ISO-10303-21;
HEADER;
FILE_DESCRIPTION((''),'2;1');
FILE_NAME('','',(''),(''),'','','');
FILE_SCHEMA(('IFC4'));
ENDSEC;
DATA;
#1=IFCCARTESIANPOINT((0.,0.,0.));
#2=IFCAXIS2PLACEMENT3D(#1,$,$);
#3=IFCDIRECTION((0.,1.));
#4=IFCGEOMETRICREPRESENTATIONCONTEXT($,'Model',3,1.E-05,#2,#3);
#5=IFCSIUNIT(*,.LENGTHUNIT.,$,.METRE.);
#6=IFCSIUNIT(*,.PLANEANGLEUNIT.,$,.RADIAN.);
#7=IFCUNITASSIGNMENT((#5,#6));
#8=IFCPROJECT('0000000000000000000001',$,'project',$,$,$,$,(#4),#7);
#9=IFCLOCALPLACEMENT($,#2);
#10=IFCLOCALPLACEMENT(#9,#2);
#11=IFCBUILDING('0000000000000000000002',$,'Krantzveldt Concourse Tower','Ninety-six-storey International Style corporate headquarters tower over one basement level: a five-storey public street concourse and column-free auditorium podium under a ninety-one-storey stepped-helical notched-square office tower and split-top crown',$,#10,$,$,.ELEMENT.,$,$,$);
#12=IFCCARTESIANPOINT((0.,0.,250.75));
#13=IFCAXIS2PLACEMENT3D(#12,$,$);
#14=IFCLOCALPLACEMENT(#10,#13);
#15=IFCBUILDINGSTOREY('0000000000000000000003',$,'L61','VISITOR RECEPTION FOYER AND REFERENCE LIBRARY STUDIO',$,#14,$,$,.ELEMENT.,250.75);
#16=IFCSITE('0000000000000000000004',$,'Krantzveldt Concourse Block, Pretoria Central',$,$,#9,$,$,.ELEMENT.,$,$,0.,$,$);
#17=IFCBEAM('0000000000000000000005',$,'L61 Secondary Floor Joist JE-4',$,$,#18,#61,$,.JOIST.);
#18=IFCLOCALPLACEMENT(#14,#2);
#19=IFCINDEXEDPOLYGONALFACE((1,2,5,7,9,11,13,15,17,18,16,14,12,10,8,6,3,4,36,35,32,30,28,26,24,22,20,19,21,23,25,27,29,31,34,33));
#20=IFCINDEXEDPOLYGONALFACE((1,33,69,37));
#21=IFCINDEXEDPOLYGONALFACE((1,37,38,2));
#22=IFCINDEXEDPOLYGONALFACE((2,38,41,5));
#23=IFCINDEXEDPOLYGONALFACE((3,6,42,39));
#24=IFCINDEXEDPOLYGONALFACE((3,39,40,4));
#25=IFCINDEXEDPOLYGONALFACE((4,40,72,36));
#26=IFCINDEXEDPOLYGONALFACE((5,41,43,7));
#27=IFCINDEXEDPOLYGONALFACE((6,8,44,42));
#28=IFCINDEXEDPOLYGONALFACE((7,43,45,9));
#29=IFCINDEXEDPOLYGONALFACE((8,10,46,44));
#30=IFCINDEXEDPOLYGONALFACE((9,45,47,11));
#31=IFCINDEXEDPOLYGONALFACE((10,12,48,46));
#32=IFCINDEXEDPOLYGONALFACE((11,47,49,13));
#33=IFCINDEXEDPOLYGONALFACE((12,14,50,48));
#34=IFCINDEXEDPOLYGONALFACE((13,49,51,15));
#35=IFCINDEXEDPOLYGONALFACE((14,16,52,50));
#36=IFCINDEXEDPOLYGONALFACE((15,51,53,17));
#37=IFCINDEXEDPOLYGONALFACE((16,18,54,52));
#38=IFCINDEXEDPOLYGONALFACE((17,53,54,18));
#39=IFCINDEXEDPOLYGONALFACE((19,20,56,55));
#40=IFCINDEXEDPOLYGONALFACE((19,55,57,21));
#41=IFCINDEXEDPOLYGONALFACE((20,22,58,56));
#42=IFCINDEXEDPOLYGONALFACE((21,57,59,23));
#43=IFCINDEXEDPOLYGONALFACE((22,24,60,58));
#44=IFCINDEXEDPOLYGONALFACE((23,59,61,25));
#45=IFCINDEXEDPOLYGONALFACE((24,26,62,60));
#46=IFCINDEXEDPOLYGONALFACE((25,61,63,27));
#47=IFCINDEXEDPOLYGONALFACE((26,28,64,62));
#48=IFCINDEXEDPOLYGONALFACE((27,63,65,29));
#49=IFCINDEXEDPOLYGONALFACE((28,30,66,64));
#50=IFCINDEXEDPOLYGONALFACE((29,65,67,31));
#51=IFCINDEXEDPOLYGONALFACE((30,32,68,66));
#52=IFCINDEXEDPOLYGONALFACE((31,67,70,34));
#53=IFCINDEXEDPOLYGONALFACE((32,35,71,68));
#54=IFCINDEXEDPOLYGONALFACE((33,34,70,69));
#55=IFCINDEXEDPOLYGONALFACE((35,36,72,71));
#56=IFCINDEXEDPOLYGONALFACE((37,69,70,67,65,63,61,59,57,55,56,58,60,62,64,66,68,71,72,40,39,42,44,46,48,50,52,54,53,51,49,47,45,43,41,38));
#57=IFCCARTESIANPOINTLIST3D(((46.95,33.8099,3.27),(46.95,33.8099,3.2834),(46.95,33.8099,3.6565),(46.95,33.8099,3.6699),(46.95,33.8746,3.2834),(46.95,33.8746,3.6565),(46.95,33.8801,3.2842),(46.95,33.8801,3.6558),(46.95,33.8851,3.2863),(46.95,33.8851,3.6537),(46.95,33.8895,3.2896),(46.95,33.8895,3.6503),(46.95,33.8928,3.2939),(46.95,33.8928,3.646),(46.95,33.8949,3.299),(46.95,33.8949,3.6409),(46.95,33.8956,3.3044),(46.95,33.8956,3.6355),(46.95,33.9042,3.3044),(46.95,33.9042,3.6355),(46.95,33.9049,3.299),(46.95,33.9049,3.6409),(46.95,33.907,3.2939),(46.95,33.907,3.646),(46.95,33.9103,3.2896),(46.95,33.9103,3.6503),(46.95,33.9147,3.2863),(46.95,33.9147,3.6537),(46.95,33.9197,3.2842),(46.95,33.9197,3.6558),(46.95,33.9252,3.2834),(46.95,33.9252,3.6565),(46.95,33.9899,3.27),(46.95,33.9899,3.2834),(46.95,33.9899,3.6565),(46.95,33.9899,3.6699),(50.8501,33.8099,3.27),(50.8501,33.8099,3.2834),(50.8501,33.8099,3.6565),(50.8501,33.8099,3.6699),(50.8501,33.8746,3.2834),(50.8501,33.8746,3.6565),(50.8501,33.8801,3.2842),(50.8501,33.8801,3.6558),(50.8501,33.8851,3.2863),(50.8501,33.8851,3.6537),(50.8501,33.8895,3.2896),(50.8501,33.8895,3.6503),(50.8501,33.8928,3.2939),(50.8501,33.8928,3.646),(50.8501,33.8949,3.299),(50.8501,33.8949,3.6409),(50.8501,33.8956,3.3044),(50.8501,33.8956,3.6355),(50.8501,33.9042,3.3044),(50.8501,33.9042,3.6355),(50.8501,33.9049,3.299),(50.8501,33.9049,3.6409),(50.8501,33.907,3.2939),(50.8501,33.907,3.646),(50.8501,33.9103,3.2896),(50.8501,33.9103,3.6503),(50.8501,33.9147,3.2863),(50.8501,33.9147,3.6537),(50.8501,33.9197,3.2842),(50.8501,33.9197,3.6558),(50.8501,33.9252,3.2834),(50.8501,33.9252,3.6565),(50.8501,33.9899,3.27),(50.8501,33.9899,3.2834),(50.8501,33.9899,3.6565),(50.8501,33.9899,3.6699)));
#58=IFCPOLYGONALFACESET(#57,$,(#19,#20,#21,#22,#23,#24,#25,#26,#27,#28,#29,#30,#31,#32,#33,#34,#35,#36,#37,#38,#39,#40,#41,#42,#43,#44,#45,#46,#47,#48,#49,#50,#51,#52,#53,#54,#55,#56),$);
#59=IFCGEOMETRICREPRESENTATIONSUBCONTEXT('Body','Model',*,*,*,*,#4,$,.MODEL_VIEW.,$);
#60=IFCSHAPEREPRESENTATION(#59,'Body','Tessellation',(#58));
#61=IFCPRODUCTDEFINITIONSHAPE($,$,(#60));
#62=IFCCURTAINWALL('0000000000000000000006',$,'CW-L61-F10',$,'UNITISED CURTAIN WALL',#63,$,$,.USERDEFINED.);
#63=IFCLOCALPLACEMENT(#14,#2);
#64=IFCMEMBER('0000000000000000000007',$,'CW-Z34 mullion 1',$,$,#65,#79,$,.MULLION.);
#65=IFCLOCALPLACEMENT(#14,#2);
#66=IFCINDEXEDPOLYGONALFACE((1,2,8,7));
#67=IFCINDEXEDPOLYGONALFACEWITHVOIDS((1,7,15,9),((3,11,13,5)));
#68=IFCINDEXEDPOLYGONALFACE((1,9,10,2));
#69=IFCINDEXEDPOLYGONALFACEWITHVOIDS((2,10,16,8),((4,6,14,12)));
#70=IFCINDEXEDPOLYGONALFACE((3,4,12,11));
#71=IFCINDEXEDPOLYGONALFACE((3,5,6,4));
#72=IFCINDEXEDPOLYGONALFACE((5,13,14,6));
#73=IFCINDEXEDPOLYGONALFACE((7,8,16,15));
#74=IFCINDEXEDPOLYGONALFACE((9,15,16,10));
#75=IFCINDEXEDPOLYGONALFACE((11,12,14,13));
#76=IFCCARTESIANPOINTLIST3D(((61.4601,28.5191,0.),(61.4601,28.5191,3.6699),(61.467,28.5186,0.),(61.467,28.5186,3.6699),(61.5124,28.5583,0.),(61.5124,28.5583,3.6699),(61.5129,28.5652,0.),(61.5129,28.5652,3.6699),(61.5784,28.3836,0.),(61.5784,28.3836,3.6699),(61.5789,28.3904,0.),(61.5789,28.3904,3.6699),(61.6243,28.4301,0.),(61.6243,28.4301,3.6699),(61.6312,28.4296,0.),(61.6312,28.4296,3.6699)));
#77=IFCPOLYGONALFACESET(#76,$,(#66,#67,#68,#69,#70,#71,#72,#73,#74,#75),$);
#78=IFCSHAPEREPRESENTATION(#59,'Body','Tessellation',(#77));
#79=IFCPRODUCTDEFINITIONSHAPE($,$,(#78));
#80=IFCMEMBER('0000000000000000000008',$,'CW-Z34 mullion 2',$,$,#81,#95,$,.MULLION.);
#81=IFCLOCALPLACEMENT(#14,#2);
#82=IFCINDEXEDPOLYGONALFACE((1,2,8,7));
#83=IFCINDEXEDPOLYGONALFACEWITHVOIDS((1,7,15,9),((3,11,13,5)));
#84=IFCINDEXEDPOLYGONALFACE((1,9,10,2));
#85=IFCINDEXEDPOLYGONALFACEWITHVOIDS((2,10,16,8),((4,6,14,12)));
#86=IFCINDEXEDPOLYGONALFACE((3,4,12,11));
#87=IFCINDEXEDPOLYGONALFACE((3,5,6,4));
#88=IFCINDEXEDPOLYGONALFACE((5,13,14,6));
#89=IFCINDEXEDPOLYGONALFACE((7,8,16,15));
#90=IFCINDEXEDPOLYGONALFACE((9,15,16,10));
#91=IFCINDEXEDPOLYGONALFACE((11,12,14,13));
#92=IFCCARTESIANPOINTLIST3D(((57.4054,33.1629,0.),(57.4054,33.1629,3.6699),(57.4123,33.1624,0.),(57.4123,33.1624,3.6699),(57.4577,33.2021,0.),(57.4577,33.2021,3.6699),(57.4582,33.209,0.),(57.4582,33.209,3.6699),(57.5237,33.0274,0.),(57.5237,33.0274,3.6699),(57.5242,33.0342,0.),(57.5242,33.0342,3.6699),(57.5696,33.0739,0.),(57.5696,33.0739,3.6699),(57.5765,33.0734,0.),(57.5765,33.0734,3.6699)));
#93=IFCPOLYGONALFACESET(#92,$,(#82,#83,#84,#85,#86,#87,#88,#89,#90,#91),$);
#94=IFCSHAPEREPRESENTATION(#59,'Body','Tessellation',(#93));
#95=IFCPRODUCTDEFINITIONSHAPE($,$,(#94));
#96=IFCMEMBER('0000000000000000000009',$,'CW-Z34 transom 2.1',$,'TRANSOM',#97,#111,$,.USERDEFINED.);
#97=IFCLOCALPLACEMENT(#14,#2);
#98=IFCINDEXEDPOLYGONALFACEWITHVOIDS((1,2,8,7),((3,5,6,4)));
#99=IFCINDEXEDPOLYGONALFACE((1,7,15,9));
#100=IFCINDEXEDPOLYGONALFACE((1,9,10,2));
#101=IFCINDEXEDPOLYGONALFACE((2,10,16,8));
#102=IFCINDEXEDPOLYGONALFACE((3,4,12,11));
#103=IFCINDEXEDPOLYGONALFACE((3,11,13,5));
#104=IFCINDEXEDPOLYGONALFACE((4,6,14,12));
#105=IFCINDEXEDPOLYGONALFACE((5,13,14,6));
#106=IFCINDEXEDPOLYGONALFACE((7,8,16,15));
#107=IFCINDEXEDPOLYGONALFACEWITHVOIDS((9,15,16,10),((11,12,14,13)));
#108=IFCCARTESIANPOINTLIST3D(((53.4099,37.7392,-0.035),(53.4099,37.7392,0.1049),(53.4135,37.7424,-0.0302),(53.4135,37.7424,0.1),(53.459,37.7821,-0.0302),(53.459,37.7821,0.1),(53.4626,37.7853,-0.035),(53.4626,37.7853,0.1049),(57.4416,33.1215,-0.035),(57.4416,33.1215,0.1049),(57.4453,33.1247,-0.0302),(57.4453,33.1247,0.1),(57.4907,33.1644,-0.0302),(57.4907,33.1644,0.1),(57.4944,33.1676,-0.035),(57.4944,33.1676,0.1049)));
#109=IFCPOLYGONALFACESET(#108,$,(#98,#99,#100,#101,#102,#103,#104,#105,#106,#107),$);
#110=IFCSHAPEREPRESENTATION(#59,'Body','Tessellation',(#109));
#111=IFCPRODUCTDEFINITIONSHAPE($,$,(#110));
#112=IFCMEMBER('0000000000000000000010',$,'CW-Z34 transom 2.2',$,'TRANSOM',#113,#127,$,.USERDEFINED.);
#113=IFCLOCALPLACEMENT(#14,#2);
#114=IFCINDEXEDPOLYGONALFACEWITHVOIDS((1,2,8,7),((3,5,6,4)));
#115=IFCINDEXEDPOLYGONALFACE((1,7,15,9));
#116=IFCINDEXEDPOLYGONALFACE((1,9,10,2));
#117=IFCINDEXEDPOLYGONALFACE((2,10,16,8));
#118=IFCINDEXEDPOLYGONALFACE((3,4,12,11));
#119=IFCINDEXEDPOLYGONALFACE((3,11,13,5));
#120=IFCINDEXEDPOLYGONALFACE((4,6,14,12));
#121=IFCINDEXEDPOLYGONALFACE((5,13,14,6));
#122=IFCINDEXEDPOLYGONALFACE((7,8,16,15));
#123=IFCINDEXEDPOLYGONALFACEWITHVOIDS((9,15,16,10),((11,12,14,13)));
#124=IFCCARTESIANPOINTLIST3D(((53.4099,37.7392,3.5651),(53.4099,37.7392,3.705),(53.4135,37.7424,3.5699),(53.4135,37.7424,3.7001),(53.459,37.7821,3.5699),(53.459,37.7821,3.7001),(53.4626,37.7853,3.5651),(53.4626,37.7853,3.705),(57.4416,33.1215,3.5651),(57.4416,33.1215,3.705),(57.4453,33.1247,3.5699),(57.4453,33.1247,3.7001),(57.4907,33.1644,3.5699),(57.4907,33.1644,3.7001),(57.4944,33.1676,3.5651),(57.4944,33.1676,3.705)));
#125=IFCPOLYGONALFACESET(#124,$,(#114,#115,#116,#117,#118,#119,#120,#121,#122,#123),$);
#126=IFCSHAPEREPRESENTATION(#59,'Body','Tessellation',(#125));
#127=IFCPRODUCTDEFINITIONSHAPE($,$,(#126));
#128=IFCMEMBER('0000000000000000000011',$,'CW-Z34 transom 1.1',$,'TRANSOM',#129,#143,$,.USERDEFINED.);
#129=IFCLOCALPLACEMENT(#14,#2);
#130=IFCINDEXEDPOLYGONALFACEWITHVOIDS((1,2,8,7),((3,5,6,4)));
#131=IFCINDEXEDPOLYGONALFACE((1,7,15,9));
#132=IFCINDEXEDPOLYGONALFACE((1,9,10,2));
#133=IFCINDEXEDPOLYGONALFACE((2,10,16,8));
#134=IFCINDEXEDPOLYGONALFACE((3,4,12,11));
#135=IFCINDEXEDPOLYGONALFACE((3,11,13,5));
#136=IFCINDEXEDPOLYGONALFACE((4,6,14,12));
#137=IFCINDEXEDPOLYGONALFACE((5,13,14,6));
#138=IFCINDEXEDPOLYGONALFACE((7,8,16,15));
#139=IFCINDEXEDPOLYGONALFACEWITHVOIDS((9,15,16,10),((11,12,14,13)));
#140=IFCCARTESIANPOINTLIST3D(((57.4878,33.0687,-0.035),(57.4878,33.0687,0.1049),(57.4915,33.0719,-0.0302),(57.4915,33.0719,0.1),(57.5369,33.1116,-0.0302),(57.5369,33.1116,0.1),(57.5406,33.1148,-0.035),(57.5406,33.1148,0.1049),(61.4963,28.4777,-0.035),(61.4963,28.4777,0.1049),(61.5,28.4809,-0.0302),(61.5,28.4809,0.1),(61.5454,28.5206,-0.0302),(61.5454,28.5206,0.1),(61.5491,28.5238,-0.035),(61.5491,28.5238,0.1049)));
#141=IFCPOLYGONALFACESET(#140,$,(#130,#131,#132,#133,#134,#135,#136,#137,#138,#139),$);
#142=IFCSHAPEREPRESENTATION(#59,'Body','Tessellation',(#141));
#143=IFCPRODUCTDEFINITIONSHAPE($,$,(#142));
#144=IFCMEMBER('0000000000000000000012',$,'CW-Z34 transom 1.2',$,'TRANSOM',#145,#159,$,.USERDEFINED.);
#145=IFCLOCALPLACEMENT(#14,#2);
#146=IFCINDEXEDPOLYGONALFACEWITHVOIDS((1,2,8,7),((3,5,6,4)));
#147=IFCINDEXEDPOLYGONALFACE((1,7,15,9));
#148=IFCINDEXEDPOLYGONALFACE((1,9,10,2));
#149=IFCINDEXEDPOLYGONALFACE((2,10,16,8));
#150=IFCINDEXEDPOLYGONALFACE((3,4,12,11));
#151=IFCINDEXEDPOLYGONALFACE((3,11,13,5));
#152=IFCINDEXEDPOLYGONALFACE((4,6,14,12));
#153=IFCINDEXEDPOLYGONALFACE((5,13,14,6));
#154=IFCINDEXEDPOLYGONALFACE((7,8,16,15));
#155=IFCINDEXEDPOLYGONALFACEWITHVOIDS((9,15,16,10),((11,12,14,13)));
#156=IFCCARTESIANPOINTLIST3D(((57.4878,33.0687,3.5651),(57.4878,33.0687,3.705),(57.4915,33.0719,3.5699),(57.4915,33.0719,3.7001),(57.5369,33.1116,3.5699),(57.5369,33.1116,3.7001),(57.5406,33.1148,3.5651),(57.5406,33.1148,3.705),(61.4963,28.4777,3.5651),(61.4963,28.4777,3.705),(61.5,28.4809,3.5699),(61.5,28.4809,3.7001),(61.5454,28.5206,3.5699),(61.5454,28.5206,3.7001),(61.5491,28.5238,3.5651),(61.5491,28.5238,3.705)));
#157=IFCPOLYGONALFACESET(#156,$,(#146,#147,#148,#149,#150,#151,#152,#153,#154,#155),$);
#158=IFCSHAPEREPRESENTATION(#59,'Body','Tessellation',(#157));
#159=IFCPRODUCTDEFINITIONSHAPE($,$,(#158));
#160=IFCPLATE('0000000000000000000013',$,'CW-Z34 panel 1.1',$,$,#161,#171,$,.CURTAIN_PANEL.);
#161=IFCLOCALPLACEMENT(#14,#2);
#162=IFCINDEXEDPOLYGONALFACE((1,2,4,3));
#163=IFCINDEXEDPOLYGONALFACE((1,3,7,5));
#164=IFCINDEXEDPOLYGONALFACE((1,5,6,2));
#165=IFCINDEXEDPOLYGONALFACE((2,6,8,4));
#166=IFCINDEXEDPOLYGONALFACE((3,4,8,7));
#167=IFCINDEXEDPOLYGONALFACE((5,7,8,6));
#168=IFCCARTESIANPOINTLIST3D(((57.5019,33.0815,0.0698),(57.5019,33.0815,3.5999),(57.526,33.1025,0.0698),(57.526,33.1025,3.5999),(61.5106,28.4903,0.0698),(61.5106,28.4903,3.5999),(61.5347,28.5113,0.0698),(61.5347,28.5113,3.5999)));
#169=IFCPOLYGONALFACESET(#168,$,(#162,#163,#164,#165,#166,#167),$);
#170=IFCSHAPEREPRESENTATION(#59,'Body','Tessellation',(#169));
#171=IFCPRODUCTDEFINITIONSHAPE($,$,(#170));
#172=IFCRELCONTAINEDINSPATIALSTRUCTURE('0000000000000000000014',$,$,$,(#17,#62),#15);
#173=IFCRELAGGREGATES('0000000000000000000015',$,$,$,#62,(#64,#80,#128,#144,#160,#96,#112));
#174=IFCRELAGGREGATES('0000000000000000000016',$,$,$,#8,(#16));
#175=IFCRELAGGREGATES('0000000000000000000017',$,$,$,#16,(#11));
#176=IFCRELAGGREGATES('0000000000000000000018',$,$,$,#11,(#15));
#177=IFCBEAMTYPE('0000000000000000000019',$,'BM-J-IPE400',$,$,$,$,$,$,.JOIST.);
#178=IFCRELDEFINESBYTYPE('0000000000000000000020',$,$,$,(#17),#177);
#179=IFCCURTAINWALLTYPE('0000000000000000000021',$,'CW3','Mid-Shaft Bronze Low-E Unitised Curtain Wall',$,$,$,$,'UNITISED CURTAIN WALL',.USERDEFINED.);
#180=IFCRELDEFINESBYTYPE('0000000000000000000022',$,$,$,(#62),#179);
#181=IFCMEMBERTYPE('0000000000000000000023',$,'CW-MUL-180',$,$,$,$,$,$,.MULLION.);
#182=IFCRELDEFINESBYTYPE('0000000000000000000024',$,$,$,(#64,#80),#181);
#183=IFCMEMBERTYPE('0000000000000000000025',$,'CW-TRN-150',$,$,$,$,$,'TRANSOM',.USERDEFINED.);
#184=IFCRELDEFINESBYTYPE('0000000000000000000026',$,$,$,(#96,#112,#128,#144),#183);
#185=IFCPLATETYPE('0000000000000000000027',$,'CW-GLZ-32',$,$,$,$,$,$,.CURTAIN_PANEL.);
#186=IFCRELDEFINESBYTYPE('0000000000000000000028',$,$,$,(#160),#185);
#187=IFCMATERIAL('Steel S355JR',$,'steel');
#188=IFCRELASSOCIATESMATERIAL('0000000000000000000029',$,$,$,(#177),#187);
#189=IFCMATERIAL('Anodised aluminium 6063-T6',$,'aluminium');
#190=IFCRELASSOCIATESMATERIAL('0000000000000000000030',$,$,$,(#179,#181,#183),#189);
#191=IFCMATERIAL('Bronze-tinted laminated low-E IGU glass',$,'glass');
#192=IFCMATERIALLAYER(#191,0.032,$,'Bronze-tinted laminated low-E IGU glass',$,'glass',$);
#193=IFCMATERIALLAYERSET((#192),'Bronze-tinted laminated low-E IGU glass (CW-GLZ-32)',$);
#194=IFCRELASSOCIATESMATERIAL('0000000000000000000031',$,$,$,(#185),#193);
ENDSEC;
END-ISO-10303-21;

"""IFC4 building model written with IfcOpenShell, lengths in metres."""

from ifc_helpers import new_model, si_unit, direction, frame, origin, origin_2d, place, context, subcontext, project, spatial, rectangle, hollow_rectangle, i_section, extrude, source, transform, mapped, material, layer, layer_set, material_profile, profile_set, type_object, type_shapes, element, aggregate, save


model = new_model("IFC4")

# Units and contexts
model_context = context("Model", 3, precision=1e-05, world=origin(), true_north=direction((0.0, 1.0)))
body_context = subcontext(model_context, "Body", "Model", "MODEL_VIEW")
ifc_project = project(units=[si_unit("LENGTHUNIT", "METRE"), si_unit("PLANEANGLEUNIT", "RADIAN")], contexts=[model_context])

# Site, building, storey
site_placement = place(None, origin())
site = spatial("IfcSite", under=ifc_project, at=site_placement, Name="Krantzveldt Concourse Block, Pretoria Central", CompositionType="ELEMENT", RefElevation=0.0)
building_placement = place(site_placement, origin())
building = spatial("IfcBuilding", under=site, at=building_placement, Name="Krantzveldt Concourse Tower", Description="Ninety-six-storey International Style corporate headquarters tower over one basement level: a five-storey public street concourse and column-free auditorium podium under a ninety-one-storey stepped-helical notched-square office tower and split-top crown", CompositionType="ELEMENT")
storey_placement = place(building_placement, frame((0.0, 0.0, 250.75)))
storey = spatial("IfcBuildingStorey", under=building, at=storey_placement, Name="L61", Description="VISITOR RECEPTION FOYER AND REFERENCE LIBRARY STUDIO", CompositionType="ELEMENT", Elevation=250.75)

# Beam
ifc_material_1 = material(Name="Steel S355JR", Category="steel")
ifc_material_profile_1 = material_profile(ifc_material_1, i_section(OverallWidth=0.1799, OverallDepth=0.3999, WebThickness=0.0085, FlangeThickness=0.0134, FilletRadius=0.021, at=origin_2d()), Name="Steel S355JR", Category="steel")
ifc_profile_set_1 = profile_set([ifc_material_profile_1], Name="Steel S355JR - IPE 400")
beam_type_1 = type_object("IfcBeamType", Name="BM-J-IPE400", PredefinedType="JOIST", material=ifc_profile_set_1)
shared_shape_1 = source(origin(), body_context, "Body", "SweptSolid", [
    extrude(i_section(OverallWidth=0.1799, OverallDepth=0.3999, WebThickness=0.0085, FlangeThickness=0.0134, FilletRadius=0.021, at=origin_2d()), origin(), (0.0, 0.0, 1.0), 3.9001),
])
type_shapes(beam_type_1, [shared_shape_1])
for number, where, z_axis, x_axis, name in (
    (1, (46.95, 33.8999, 3.47), (1.0, 0.0, 0.0), (0.0, 1.0, 0.0), "L61 Secondary Floor Joist JE-4"),
):
    element("IfcBeam", number, at=place(storey_placement, frame(where, z_axis=z_axis, x_axis=x_axis)), inside=storey, type_object=beam_type_1, Name=name, PredefinedType="JOIST", context=body_context, shape_type="MappedRepresentation", body=[
        mapped(shared_shape_1, transform((0.0, 0.0, 0.0), x_axis=(1.0, 0.0, 0.0), y_axis=(0.0, 1.0, 0.0), z_axis=(0.0, 0.0, 1.0), scale=1.0)),
    ])

# Curtain wall, members, plate
ifc_material_2 = material(Name="Anodised aluminium 6063-T6", Category="aluminium")
curtain_wall_type = type_object("IfcCurtainWallType", Name="CW3", Description="Mid-Shaft Bronze Low-E Unitised Curtain Wall", ElementType="UNITISED CURTAIN WALL", PredefinedType="USERDEFINED", material=ifc_material_2)
curtain_wall_placement = place(storey_placement, origin())
curtain_wall = element("IfcCurtainWall", 2, at=curtain_wall_placement, inside=storey, type_object=curtain_wall_type, Name="CW-L61-F10", ObjectType="UNITISED CURTAIN WALL", PredefinedType="USERDEFINED")
ifc_material_profile_2 = material_profile(ifc_material_2, hollow_rectangle(XDim=0.0701, YDim=0.1799, WallThickness=0.0049, at=origin_2d()), Name="Anodised aluminium 6063-T6", Category="aluminium")
ifc_profile_set_2 = profile_set([ifc_material_profile_2], Name="Anodised aluminium 6063-T6 - ALU-MULL 180x70x5")
member_type_1 = type_object("IfcMemberType", Name="CW-MUL-180", PredefinedType="MULLION", material=ifc_profile_set_2)
shared_shape_2 = source(origin(), body_context, "Body", "SweptSolid", [
    extrude(hollow_rectangle(XDim=0.0701, YDim=0.1799, WallThickness=0.0049, at=origin_2d()), origin(), (0.0, 0.0, 1.0), 3.6699),
])
type_shapes(member_type_1, [shared_shape_2])
member_1_placement = place(storey_placement, frame((61.5457, 28.4744, 0.0), z_axis=(0.0, 0.0, 1.0), x_axis=(-0.753277, -0.657704, 0.0)))
member_1 = element("IfcMember", 3, at=member_1_placement, type_object=member_type_1, Name="CW-Z34 mullion 1", PredefinedType="MULLION", context=body_context, shape_type="MappedRepresentation", body=[
    mapped(shared_shape_2, transform((0.0, 0.0, 0.0), x_axis=(1.0, 0.0, 0.0), y_axis=(0.0, 1.0, 0.0), z_axis=(0.0, 0.0, 1.0), scale=1.0)),
])
member_2_placement = place(storey_placement, frame((57.491, 33.1182, 0.0), z_axis=(0.0, 0.0, 1.0), x_axis=(-0.753277, -0.657704, 0.0)))
member_2 = element("IfcMember", 4, at=member_2_placement, type_object=member_type_1, Name="CW-Z34 mullion 2", PredefinedType="MULLION", context=body_context, shape_type="MappedRepresentation", body=[
    mapped(shared_shape_2, transform((0.0, 0.0, 0.0), x_axis=(1.0, 0.0, 0.0), y_axis=(0.0, 1.0, 0.0), z_axis=(0.0, 0.0, 1.0), scale=1.0)),
])
ifc_material_profile_3 = material_profile(ifc_material_2, hollow_rectangle(XDim=0.0701, YDim=0.1399, WallThickness=0.0049, at=origin_2d()), Name="Anodised aluminium 6063-T6", Category="aluminium")
ifc_profile_set_3 = profile_set([ifc_material_profile_3], Name="Anodised aluminium 6063-T6 - ALU-TRAN 140x70x5")
member_type_2 = type_object("IfcMemberType", Name="CW-TRN-150", ElementType="TRANSOM", PredefinedType="USERDEFINED", material=ifc_profile_set_3)
shared_shape_3 = source(origin(), body_context, "Body", "SweptSolid", [
    extrude(hollow_rectangle(XDim=0.0701, YDim=0.1399, WallThickness=0.0049, at=origin_2d()), origin(), (0.0, 0.0, 1.0), 6.1301),
])
member_3_placement = place(storey_placement, frame((57.468, 33.1445, 0.0349), z_axis=(-0.657698, 0.753282, 0.0), x_axis=(-0.753282, -0.657698, 0.0)))
member_3 = element("IfcMember", 5, at=member_3_placement, type_object=member_type_2, Name="CW-Z34 transom 2.1", ObjectType="TRANSOM", PredefinedType="USERDEFINED", context=body_context, shape_type="MappedRepresentation", body=[
    mapped(shared_shape_3, transform((0.0, 0.0, 0.0), x_axis=(1.0, 0.0, 0.0), y_axis=(0.0, 1.0, 0.0), z_axis=(0.0, 0.0, 1.0), scale=1.0)),
])
member_4_placement = place(storey_placement, frame((57.468, 33.1445, 3.635), z_axis=(-0.657698, 0.753282, 0.0), x_axis=(-0.753282, -0.657698, 0.0)))
member_4 = element("IfcMember", 6, at=member_4_placement, type_object=member_type_2, Name="CW-Z34 transom 2.2", ObjectType="TRANSOM", PredefinedType="USERDEFINED", context=body_context, shape_type="MappedRepresentation", body=[
    mapped(shared_shape_3, transform((0.0, 0.0, 0.0), x_axis=(1.0, 0.0, 0.0), y_axis=(0.0, 1.0, 0.0), z_axis=(0.0, 0.0, 1.0), scale=1.0)),
])
shared_shape_4 = source(origin(), body_context, "Body", "SweptSolid", [
    extrude(hollow_rectangle(XDim=0.0701, YDim=0.1399, WallThickness=0.0049, at=origin_2d()), origin(), (0.0, 0.0, 1.0), 6.0947),
])
type_shapes(member_type_2, [shared_shape_3, shared_shape_4])
member_5_placement = place(storey_placement, frame((61.5227, 28.5007, 0.0349), z_axis=(-0.657702, 0.753279, 0.0), x_axis=(-0.753279, -0.657702, 0.0)))
member_5 = element("IfcMember", 7, at=member_5_placement, type_object=member_type_2, Name="CW-Z34 transom 1.1", ObjectType="TRANSOM", PredefinedType="USERDEFINED", context=body_context, shape_type="MappedRepresentation", body=[
    mapped(shared_shape_4, transform((0.0, 0.0, 0.0), x_axis=(1.0, 0.0, 0.0), y_axis=(0.0, 1.0, 0.0), z_axis=(0.0, 0.0, 1.0), scale=1.0)),
])
member_6_placement = place(storey_placement, frame((61.5227, 28.5007, 3.635), z_axis=(-0.657702, 0.753279, 0.0), x_axis=(-0.753279, -0.657702, 0.0)))
member_6 = element("IfcMember", 8, at=member_6_placement, type_object=member_type_2, Name="CW-Z34 transom 1.2", ObjectType="TRANSOM", PredefinedType="USERDEFINED", context=body_context, shape_type="MappedRepresentation", body=[
    mapped(shared_shape_4, transform((0.0, 0.0, 0.0), x_axis=(1.0, 0.0, 0.0), y_axis=(0.0, 1.0, 0.0), z_axis=(0.0, 0.0, 1.0), scale=1.0)),
])
ifc_material_3 = material(Name="Bronze-tinted laminated low-E IGU glass", Category="glass")
ifc_layer_1 = layer(ifc_material_3, 0.032, Name="Bronze-tinted laminated low-E IGU glass", Category="glass")
ifc_layer_set_1 = layer_set([ifc_layer_1], Name="Bronze-tinted laminated low-E IGU glass (CW-GLZ-32)")
plate_type = type_object("IfcPlateType", Name="CW-GLZ-32", PredefinedType="CURTAIN_PANEL", material=ifc_layer_set_1)
shared_shape_5 = source(origin(), body_context, "Body", "SweptSolid", [
    extrude(rectangle(XDim=6.095, YDim=0.032, at=origin_2d()), origin(), (0.0, 0.0, 1.0), 3.53),
])
type_shapes(plate_type, [shared_shape_5])
plate_placement = place(storey_placement, frame((59.5183, 30.7964, 0.0698), z_axis=(0.0, 0.0, 1.0), x_axis=(-0.657704, 0.753277, 0.0)))
plate = element("IfcPlate", 9, at=plate_placement, type_object=plate_type, Name="CW-Z34 panel 1.1", PredefinedType="CURTAIN_PANEL", context=body_context, shape_type="MappedRepresentation", body=[
    mapped(shared_shape_5, transform((0.0, 0.0, 0.0), x_axis=(1.0, 0.0, 0.0), y_axis=(0.0, 1.0, 0.0), z_axis=(0.0, 0.0, 1.0), scale=1.0)),
])
aggregate(curtain_wall, [member_1, member_2, member_5, member_6, plate, member_3, member_4])

save(model, "model.ifc")
